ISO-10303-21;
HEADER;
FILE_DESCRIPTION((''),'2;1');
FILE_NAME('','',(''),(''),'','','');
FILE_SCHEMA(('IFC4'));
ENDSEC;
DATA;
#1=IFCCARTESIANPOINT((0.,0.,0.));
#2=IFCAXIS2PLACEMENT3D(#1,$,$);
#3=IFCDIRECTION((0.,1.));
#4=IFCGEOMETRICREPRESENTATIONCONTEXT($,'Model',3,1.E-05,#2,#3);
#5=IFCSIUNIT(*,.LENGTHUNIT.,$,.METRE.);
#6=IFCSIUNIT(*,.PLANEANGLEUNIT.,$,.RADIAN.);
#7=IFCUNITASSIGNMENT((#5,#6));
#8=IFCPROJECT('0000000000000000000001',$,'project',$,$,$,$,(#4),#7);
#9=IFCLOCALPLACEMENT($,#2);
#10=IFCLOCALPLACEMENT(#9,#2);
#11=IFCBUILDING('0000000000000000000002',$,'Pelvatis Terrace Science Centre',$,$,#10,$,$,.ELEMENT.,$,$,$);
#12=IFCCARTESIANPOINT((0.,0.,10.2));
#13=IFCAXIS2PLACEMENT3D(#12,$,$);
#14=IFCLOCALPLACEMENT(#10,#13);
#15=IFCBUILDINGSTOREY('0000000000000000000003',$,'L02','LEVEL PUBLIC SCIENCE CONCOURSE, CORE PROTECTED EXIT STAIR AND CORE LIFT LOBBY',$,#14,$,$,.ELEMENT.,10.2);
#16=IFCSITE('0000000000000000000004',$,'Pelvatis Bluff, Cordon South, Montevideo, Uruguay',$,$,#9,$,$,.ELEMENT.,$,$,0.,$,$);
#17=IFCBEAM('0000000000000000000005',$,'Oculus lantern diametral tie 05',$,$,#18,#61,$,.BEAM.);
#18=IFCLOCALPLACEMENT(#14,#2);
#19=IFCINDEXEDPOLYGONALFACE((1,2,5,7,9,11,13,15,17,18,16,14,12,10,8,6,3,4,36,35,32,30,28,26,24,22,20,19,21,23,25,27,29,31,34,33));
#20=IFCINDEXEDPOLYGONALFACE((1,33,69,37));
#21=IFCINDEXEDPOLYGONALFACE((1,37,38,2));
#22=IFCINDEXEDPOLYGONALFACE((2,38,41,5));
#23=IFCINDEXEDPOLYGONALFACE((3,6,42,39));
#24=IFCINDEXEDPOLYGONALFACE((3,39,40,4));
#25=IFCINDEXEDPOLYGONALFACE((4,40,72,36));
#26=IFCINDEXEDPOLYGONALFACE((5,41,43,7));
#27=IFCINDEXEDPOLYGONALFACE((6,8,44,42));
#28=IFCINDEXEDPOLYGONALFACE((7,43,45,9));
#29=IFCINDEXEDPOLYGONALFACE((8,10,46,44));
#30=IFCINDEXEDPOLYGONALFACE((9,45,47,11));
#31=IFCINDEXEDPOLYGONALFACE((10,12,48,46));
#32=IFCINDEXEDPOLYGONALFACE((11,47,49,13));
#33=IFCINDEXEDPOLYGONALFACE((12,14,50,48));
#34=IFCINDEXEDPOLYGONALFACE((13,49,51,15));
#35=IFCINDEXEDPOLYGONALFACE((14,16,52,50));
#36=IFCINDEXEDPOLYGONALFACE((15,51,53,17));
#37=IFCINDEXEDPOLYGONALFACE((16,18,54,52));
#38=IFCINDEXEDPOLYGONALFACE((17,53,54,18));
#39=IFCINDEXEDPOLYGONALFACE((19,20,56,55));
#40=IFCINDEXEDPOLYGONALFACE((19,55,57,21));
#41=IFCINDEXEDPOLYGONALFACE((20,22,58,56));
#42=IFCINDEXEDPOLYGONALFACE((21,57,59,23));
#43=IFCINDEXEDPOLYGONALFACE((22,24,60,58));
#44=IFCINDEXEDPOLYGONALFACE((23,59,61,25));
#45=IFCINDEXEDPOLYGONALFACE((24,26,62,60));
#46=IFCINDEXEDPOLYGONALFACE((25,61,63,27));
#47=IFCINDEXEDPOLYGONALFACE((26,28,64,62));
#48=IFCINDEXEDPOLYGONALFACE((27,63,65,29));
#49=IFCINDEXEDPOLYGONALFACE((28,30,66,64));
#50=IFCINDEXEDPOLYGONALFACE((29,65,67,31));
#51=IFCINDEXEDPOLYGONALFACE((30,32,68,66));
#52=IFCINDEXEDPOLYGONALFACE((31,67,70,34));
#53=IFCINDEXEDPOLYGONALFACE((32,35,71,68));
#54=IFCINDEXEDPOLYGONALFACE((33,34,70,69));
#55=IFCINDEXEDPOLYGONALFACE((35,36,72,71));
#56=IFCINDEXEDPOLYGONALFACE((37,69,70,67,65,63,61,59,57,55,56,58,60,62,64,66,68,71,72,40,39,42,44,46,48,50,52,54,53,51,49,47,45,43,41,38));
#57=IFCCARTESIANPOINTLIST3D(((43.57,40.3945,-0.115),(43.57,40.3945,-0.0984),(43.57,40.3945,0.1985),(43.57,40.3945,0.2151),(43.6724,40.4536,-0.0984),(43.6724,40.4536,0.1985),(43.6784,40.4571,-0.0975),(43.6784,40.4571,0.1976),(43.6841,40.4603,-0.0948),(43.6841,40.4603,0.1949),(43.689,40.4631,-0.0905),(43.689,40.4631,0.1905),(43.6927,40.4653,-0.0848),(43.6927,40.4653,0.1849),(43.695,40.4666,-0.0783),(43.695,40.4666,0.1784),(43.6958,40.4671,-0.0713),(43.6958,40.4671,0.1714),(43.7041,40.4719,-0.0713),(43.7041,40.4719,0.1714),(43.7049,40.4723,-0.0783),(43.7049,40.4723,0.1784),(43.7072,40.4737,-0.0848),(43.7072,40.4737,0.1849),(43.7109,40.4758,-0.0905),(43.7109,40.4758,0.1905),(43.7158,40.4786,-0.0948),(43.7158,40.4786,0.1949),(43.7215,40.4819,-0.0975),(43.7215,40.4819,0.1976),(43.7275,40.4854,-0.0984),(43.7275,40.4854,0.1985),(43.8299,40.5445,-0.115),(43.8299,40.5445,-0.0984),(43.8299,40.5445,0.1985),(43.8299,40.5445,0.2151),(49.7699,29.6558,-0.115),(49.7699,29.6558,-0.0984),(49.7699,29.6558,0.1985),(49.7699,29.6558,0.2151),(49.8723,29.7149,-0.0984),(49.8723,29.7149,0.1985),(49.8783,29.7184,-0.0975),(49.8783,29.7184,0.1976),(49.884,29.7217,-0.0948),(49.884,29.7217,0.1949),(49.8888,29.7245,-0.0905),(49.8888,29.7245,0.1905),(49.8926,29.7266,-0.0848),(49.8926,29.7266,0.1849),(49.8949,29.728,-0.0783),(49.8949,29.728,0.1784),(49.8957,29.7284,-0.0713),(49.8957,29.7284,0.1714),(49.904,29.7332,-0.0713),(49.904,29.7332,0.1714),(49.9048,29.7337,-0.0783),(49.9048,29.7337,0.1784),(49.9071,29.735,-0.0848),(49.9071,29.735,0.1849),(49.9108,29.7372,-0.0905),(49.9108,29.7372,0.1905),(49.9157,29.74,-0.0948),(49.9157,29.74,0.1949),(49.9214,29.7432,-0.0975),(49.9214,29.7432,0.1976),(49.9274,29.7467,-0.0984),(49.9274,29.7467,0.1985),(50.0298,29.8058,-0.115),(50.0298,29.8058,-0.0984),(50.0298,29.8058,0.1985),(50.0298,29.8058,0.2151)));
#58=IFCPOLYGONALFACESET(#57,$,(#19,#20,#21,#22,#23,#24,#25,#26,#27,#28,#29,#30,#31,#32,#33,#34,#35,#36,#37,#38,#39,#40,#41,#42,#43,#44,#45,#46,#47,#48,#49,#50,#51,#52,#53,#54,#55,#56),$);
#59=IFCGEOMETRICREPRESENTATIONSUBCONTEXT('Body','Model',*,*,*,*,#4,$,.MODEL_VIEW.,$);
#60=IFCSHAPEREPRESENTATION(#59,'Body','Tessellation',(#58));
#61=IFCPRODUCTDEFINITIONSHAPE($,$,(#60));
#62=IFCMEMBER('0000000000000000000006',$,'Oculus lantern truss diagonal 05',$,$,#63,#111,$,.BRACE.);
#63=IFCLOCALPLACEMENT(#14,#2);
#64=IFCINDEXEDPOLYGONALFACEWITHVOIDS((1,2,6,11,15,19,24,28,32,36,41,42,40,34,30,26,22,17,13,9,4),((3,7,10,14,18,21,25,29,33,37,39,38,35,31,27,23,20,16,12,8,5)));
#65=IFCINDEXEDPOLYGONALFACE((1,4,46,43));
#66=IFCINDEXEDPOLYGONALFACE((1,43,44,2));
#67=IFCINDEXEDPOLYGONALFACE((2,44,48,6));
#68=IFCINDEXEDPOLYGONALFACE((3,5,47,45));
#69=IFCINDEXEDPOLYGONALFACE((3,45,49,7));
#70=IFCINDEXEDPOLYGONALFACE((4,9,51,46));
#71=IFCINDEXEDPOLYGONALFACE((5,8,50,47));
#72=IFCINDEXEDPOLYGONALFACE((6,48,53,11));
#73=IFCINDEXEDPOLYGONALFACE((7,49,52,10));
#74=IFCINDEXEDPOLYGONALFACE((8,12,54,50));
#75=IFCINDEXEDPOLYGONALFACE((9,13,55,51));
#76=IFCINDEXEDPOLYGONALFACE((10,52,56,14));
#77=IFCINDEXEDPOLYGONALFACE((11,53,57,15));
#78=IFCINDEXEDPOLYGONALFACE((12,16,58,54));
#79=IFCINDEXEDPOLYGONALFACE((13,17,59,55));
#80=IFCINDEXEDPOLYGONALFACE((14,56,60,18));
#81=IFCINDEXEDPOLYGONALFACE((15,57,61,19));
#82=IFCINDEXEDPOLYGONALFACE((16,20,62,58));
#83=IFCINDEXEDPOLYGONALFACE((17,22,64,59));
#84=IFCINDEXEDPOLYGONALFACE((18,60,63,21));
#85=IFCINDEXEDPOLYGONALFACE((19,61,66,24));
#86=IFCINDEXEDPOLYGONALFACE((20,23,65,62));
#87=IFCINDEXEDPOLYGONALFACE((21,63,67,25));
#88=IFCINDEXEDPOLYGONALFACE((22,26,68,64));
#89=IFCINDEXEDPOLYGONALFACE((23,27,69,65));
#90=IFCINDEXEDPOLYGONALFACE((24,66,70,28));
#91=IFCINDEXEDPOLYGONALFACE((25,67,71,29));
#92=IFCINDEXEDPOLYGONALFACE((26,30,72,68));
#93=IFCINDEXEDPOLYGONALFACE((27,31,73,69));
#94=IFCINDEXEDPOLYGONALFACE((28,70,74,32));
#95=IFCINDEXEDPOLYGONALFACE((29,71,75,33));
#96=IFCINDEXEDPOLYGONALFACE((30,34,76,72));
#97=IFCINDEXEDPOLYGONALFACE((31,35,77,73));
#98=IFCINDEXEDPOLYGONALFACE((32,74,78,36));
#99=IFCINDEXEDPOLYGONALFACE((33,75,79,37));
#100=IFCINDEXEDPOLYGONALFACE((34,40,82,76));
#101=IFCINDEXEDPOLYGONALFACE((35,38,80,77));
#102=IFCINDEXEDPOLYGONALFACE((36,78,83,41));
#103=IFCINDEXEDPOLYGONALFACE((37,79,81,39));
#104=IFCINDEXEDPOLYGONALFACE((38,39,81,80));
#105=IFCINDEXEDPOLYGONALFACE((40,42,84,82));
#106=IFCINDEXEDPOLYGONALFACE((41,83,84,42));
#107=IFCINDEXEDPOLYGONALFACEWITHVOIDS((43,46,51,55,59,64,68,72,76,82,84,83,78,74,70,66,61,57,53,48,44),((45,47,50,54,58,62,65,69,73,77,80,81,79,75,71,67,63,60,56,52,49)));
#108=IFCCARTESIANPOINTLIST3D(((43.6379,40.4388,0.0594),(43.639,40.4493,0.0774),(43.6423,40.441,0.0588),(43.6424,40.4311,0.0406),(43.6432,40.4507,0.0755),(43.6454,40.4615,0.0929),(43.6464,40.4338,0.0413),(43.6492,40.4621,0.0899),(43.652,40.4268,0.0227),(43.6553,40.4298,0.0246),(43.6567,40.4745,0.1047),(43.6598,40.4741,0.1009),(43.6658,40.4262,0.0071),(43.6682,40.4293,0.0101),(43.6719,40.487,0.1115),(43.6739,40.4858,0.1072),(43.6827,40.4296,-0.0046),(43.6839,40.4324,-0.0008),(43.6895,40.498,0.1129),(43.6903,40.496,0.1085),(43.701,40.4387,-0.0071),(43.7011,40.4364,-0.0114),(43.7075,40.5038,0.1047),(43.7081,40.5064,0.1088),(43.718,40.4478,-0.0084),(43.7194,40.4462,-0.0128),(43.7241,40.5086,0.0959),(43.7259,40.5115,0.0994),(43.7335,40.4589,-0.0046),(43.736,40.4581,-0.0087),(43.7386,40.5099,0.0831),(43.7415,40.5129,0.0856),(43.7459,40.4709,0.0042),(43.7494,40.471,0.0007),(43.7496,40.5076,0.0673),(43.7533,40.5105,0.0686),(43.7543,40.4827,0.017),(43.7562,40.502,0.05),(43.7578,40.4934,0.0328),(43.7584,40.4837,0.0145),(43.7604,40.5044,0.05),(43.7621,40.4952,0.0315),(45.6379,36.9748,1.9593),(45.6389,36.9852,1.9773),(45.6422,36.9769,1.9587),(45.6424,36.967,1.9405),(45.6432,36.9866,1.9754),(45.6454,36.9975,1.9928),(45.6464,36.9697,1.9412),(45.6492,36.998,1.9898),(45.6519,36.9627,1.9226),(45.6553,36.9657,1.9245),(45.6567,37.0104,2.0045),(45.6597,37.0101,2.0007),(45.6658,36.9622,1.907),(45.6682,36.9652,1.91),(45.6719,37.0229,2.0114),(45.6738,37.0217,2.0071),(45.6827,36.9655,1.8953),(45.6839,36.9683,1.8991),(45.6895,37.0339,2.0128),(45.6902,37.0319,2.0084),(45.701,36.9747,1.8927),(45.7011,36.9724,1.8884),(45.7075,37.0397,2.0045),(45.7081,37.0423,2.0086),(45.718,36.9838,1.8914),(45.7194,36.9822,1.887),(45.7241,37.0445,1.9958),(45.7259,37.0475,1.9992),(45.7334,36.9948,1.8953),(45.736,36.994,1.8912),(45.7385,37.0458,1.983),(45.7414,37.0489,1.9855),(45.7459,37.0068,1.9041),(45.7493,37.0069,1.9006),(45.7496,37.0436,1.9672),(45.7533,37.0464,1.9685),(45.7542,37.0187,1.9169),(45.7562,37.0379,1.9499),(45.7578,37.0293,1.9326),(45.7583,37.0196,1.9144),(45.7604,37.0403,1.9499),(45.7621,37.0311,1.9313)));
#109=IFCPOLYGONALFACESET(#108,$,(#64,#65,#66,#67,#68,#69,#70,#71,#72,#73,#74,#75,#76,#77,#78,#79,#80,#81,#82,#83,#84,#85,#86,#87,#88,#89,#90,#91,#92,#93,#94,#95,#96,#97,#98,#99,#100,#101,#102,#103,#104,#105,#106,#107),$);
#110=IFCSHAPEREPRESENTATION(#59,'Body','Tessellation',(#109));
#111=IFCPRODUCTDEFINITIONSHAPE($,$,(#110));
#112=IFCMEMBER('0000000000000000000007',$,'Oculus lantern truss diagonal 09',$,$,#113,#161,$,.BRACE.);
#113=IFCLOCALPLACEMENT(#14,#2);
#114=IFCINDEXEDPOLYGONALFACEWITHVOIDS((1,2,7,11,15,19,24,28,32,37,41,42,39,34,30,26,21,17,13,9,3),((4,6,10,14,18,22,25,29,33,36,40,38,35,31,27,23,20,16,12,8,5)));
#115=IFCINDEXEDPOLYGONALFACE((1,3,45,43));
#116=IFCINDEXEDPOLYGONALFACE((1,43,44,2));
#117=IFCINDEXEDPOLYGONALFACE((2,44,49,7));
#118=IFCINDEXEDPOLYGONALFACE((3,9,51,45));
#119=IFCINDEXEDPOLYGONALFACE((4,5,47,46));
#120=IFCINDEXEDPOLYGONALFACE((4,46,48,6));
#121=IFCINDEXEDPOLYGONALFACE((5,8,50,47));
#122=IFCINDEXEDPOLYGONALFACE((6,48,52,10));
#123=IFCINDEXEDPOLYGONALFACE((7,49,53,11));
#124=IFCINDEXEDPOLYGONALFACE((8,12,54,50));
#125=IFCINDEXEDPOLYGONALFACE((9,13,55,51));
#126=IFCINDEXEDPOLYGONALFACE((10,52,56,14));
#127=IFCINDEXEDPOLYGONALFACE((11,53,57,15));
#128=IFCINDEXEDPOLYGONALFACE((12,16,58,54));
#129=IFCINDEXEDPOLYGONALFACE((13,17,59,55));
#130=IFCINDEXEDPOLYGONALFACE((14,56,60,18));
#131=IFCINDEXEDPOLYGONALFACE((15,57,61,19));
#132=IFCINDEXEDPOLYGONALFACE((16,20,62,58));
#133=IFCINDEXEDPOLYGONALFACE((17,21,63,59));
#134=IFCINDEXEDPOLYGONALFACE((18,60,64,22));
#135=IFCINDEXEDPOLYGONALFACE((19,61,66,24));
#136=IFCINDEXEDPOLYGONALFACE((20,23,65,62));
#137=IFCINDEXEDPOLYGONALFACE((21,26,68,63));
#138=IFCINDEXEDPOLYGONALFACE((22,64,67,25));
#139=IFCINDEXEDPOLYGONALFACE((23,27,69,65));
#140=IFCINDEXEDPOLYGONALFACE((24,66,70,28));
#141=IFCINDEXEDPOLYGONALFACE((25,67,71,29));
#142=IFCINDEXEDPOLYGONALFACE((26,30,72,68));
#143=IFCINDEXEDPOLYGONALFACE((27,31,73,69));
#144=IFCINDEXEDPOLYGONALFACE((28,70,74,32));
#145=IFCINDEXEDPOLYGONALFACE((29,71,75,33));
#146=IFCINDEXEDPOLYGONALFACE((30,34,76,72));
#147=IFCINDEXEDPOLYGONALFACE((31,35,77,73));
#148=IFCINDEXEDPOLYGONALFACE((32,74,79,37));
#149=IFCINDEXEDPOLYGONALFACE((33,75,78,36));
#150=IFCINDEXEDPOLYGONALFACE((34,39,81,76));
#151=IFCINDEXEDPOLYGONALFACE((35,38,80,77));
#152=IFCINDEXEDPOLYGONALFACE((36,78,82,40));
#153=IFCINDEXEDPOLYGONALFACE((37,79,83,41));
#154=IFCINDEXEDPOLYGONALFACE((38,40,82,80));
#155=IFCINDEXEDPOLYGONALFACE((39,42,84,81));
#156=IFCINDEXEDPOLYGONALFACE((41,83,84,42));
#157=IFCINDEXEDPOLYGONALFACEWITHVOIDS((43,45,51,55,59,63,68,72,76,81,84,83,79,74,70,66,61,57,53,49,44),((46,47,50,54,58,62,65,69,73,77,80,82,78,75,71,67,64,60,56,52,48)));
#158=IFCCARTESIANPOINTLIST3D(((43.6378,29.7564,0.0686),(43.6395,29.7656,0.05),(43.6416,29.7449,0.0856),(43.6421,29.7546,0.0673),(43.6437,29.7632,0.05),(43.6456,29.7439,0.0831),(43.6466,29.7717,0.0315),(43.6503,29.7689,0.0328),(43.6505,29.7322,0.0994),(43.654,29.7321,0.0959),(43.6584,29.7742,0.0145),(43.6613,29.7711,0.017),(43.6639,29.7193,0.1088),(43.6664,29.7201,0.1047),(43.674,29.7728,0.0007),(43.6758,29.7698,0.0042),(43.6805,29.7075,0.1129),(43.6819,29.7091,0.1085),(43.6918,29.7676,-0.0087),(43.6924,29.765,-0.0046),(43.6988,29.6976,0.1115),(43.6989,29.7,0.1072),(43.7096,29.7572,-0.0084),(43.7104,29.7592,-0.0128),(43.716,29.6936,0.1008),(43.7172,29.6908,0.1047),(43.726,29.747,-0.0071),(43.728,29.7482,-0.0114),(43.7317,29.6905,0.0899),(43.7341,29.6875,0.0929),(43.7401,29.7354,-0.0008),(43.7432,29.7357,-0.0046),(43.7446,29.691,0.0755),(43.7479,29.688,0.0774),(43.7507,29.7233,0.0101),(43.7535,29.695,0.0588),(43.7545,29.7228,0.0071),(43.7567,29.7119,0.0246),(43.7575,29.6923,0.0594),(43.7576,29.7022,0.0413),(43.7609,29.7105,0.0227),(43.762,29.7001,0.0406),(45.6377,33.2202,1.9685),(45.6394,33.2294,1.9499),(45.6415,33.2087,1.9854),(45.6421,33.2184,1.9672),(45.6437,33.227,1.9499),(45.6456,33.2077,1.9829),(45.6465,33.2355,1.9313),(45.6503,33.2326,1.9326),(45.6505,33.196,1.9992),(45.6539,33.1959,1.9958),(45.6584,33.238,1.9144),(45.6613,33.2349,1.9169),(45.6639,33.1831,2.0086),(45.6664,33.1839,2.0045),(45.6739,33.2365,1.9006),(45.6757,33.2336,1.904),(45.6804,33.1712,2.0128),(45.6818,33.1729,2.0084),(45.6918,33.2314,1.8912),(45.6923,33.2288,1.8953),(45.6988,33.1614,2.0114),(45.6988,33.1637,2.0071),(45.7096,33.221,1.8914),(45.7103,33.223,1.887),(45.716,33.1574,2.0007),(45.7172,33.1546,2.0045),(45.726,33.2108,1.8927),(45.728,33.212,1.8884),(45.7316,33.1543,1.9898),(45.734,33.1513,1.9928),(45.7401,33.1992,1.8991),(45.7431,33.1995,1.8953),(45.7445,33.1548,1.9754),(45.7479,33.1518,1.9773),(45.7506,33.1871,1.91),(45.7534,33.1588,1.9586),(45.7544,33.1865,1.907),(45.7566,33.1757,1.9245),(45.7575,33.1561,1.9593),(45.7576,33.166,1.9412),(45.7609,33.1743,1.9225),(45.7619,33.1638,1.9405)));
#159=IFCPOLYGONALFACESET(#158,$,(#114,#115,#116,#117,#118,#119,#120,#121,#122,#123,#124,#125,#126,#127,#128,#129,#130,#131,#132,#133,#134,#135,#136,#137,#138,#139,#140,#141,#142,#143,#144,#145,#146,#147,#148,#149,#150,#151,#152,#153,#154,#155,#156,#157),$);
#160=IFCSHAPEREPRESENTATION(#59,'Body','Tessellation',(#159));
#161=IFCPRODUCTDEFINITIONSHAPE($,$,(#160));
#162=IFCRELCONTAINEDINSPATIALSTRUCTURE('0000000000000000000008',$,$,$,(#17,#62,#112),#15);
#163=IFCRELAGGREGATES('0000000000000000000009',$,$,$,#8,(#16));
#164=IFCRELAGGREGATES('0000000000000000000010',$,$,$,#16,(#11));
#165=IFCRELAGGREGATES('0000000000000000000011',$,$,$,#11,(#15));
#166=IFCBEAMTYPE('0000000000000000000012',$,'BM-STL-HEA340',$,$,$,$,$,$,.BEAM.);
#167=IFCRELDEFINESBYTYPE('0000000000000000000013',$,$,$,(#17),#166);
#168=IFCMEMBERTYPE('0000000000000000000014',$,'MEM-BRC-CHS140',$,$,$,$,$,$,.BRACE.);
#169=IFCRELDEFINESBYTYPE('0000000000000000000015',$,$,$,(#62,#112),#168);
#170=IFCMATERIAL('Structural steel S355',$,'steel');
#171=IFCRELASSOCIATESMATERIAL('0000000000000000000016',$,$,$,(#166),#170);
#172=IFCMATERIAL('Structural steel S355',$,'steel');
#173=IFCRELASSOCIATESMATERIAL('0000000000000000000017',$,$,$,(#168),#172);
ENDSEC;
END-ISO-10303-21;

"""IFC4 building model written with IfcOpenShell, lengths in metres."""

from ifc_helpers import new_model, si_unit, direction, frame, origin, origin_2d, place, context, subcontext, project, spatial, hollow_circle, i_section, extrude, material, material_profile, profile_set, type_object, element, save


model = new_model("IFC4")

# Units and contexts
model_context = context("Model", 3, precision=1e-05, world=origin(), true_north=direction((0.0, 1.0)))
body_context = subcontext(model_context, "Body", "Model", "MODEL_VIEW")
ifc_project = project(units=[si_unit("LENGTHUNIT", "METRE"), si_unit("PLANEANGLEUNIT", "RADIAN")], contexts=[model_context])

# Site, building, storey
site_placement = place(None, origin())
site = spatial("IfcSite", under=ifc_project, at=site_placement, Name="Pelvatis Bluff, Cordon South, Montevideo, Uruguay", CompositionType="ELEMENT", RefElevation=0.0)
building_placement = place(site_placement, origin())
building = spatial("IfcBuilding", under=site, at=building_placement, Name="Pelvatis Terrace Science Centre", CompositionType="ELEMENT")
storey_placement = place(building_placement, frame((0.0, 0.0, 10.2)))
storey = spatial("IfcBuildingStorey", under=building, at=storey_placement, Name="L02", Description="LEVEL PUBLIC SCIENCE CONCOURSE, CORE PROTECTED EXIT STAIR AND CORE LIFT LOBBY", CompositionType="ELEMENT", Elevation=10.2)

# Beam
ifc_material_1 = material(Name="Structural steel S355", Category="steel")
ifc_material_profile_1 = material_profile(ifc_material_1, i_section(OverallWidth=0.3, OverallDepth=0.3301, WebThickness=0.0095, FlangeThickness=0.0166, FilletRadius=0.0271, at=origin_2d()), Name="HEA 340")
ifc_profile_set_1 = profile_set([ifc_material_profile_1], Name="Structural steel S355")
beam_type_1 = type_object("IfcBeamType", Name="BM-STL-HEA340", PredefinedType="BEAM", material=ifc_profile_set_1)
beam_1_placement = place(storey_placement, frame((43.7, 40.4695, 0.05), z_axis=(0.499995, -0.866028, 0.0), x_axis=(0.866028, 0.499995, 0.0)))
element("IfcBeam", 1, at=beam_1_placement, inside=storey, type_object=beam_type_1, Name="Oculus lantern diametral tie 05", PredefinedType="BEAM", context=body_context, shape_type="SweptSolid", body=[
    extrude(i_section(OverallWidth=0.3, OverallDepth=0.3301, WebThickness=0.0095, FlangeThickness=0.0166, FilletRadius=0.0271, at=origin_2d()), origin(), (0.0, 0.0, 1.0), 12.3999),
])

# Members
ifc_material_2 = material(Name="Structural steel S355", Category="steel")
ifc_material_profile_2 = material_profile(ifc_material_2, hollow_circle(Radius=0.0698, WallThickness=0.0049, at=origin_2d()), Name="CHS 139.7x5.0")
ifc_profile_set_2 = profile_set([ifc_material_profile_2], Name="Structural steel S355")
member_type_1 = type_object("IfcMemberType", Name="MEM-BRC-CHS140", PredefinedType="BRACE", material=ifc_profile_set_2)
member_1_placement = place(storey_placement, frame((43.7, 40.4695, 0.05), z_axis=(0.451642, -0.78227, 0.429038), x_axis=(0.866026, 0.499999, 0.0)))
element("IfcMember", 2, at=member_1_placement, inside=storey, type_object=member_type_1, Name="Oculus lantern truss diagonal 05", PredefinedType="BRACE", context=body_context, shape_type="SweptSolid", body=[
    extrude(hollow_circle(Radius=0.0698, WallThickness=0.0049, at=origin_2d()), origin(), (0.0, 0.0, 1.0), 4.4282),
])
member_2_placement = place(storey_placement, frame((43.7, 29.7307, 0.05), z_axis=(0.451662, 0.782248, 0.429057), x_axis=(-0.866011, 0.500025, 0.0)))
element("IfcMember", 3, at=member_2_placement, inside=storey, type_object=member_type_1, Name="Oculus lantern truss diagonal 09", PredefinedType="BRACE", context=body_context, shape_type="SweptSolid", body=[
    extrude(hollow_circle(Radius=0.0698, WallThickness=0.0049, at=origin_2d()), origin(), (0.0, 0.0, 1.0), 4.428),
])

save(model, "model.ifc")
